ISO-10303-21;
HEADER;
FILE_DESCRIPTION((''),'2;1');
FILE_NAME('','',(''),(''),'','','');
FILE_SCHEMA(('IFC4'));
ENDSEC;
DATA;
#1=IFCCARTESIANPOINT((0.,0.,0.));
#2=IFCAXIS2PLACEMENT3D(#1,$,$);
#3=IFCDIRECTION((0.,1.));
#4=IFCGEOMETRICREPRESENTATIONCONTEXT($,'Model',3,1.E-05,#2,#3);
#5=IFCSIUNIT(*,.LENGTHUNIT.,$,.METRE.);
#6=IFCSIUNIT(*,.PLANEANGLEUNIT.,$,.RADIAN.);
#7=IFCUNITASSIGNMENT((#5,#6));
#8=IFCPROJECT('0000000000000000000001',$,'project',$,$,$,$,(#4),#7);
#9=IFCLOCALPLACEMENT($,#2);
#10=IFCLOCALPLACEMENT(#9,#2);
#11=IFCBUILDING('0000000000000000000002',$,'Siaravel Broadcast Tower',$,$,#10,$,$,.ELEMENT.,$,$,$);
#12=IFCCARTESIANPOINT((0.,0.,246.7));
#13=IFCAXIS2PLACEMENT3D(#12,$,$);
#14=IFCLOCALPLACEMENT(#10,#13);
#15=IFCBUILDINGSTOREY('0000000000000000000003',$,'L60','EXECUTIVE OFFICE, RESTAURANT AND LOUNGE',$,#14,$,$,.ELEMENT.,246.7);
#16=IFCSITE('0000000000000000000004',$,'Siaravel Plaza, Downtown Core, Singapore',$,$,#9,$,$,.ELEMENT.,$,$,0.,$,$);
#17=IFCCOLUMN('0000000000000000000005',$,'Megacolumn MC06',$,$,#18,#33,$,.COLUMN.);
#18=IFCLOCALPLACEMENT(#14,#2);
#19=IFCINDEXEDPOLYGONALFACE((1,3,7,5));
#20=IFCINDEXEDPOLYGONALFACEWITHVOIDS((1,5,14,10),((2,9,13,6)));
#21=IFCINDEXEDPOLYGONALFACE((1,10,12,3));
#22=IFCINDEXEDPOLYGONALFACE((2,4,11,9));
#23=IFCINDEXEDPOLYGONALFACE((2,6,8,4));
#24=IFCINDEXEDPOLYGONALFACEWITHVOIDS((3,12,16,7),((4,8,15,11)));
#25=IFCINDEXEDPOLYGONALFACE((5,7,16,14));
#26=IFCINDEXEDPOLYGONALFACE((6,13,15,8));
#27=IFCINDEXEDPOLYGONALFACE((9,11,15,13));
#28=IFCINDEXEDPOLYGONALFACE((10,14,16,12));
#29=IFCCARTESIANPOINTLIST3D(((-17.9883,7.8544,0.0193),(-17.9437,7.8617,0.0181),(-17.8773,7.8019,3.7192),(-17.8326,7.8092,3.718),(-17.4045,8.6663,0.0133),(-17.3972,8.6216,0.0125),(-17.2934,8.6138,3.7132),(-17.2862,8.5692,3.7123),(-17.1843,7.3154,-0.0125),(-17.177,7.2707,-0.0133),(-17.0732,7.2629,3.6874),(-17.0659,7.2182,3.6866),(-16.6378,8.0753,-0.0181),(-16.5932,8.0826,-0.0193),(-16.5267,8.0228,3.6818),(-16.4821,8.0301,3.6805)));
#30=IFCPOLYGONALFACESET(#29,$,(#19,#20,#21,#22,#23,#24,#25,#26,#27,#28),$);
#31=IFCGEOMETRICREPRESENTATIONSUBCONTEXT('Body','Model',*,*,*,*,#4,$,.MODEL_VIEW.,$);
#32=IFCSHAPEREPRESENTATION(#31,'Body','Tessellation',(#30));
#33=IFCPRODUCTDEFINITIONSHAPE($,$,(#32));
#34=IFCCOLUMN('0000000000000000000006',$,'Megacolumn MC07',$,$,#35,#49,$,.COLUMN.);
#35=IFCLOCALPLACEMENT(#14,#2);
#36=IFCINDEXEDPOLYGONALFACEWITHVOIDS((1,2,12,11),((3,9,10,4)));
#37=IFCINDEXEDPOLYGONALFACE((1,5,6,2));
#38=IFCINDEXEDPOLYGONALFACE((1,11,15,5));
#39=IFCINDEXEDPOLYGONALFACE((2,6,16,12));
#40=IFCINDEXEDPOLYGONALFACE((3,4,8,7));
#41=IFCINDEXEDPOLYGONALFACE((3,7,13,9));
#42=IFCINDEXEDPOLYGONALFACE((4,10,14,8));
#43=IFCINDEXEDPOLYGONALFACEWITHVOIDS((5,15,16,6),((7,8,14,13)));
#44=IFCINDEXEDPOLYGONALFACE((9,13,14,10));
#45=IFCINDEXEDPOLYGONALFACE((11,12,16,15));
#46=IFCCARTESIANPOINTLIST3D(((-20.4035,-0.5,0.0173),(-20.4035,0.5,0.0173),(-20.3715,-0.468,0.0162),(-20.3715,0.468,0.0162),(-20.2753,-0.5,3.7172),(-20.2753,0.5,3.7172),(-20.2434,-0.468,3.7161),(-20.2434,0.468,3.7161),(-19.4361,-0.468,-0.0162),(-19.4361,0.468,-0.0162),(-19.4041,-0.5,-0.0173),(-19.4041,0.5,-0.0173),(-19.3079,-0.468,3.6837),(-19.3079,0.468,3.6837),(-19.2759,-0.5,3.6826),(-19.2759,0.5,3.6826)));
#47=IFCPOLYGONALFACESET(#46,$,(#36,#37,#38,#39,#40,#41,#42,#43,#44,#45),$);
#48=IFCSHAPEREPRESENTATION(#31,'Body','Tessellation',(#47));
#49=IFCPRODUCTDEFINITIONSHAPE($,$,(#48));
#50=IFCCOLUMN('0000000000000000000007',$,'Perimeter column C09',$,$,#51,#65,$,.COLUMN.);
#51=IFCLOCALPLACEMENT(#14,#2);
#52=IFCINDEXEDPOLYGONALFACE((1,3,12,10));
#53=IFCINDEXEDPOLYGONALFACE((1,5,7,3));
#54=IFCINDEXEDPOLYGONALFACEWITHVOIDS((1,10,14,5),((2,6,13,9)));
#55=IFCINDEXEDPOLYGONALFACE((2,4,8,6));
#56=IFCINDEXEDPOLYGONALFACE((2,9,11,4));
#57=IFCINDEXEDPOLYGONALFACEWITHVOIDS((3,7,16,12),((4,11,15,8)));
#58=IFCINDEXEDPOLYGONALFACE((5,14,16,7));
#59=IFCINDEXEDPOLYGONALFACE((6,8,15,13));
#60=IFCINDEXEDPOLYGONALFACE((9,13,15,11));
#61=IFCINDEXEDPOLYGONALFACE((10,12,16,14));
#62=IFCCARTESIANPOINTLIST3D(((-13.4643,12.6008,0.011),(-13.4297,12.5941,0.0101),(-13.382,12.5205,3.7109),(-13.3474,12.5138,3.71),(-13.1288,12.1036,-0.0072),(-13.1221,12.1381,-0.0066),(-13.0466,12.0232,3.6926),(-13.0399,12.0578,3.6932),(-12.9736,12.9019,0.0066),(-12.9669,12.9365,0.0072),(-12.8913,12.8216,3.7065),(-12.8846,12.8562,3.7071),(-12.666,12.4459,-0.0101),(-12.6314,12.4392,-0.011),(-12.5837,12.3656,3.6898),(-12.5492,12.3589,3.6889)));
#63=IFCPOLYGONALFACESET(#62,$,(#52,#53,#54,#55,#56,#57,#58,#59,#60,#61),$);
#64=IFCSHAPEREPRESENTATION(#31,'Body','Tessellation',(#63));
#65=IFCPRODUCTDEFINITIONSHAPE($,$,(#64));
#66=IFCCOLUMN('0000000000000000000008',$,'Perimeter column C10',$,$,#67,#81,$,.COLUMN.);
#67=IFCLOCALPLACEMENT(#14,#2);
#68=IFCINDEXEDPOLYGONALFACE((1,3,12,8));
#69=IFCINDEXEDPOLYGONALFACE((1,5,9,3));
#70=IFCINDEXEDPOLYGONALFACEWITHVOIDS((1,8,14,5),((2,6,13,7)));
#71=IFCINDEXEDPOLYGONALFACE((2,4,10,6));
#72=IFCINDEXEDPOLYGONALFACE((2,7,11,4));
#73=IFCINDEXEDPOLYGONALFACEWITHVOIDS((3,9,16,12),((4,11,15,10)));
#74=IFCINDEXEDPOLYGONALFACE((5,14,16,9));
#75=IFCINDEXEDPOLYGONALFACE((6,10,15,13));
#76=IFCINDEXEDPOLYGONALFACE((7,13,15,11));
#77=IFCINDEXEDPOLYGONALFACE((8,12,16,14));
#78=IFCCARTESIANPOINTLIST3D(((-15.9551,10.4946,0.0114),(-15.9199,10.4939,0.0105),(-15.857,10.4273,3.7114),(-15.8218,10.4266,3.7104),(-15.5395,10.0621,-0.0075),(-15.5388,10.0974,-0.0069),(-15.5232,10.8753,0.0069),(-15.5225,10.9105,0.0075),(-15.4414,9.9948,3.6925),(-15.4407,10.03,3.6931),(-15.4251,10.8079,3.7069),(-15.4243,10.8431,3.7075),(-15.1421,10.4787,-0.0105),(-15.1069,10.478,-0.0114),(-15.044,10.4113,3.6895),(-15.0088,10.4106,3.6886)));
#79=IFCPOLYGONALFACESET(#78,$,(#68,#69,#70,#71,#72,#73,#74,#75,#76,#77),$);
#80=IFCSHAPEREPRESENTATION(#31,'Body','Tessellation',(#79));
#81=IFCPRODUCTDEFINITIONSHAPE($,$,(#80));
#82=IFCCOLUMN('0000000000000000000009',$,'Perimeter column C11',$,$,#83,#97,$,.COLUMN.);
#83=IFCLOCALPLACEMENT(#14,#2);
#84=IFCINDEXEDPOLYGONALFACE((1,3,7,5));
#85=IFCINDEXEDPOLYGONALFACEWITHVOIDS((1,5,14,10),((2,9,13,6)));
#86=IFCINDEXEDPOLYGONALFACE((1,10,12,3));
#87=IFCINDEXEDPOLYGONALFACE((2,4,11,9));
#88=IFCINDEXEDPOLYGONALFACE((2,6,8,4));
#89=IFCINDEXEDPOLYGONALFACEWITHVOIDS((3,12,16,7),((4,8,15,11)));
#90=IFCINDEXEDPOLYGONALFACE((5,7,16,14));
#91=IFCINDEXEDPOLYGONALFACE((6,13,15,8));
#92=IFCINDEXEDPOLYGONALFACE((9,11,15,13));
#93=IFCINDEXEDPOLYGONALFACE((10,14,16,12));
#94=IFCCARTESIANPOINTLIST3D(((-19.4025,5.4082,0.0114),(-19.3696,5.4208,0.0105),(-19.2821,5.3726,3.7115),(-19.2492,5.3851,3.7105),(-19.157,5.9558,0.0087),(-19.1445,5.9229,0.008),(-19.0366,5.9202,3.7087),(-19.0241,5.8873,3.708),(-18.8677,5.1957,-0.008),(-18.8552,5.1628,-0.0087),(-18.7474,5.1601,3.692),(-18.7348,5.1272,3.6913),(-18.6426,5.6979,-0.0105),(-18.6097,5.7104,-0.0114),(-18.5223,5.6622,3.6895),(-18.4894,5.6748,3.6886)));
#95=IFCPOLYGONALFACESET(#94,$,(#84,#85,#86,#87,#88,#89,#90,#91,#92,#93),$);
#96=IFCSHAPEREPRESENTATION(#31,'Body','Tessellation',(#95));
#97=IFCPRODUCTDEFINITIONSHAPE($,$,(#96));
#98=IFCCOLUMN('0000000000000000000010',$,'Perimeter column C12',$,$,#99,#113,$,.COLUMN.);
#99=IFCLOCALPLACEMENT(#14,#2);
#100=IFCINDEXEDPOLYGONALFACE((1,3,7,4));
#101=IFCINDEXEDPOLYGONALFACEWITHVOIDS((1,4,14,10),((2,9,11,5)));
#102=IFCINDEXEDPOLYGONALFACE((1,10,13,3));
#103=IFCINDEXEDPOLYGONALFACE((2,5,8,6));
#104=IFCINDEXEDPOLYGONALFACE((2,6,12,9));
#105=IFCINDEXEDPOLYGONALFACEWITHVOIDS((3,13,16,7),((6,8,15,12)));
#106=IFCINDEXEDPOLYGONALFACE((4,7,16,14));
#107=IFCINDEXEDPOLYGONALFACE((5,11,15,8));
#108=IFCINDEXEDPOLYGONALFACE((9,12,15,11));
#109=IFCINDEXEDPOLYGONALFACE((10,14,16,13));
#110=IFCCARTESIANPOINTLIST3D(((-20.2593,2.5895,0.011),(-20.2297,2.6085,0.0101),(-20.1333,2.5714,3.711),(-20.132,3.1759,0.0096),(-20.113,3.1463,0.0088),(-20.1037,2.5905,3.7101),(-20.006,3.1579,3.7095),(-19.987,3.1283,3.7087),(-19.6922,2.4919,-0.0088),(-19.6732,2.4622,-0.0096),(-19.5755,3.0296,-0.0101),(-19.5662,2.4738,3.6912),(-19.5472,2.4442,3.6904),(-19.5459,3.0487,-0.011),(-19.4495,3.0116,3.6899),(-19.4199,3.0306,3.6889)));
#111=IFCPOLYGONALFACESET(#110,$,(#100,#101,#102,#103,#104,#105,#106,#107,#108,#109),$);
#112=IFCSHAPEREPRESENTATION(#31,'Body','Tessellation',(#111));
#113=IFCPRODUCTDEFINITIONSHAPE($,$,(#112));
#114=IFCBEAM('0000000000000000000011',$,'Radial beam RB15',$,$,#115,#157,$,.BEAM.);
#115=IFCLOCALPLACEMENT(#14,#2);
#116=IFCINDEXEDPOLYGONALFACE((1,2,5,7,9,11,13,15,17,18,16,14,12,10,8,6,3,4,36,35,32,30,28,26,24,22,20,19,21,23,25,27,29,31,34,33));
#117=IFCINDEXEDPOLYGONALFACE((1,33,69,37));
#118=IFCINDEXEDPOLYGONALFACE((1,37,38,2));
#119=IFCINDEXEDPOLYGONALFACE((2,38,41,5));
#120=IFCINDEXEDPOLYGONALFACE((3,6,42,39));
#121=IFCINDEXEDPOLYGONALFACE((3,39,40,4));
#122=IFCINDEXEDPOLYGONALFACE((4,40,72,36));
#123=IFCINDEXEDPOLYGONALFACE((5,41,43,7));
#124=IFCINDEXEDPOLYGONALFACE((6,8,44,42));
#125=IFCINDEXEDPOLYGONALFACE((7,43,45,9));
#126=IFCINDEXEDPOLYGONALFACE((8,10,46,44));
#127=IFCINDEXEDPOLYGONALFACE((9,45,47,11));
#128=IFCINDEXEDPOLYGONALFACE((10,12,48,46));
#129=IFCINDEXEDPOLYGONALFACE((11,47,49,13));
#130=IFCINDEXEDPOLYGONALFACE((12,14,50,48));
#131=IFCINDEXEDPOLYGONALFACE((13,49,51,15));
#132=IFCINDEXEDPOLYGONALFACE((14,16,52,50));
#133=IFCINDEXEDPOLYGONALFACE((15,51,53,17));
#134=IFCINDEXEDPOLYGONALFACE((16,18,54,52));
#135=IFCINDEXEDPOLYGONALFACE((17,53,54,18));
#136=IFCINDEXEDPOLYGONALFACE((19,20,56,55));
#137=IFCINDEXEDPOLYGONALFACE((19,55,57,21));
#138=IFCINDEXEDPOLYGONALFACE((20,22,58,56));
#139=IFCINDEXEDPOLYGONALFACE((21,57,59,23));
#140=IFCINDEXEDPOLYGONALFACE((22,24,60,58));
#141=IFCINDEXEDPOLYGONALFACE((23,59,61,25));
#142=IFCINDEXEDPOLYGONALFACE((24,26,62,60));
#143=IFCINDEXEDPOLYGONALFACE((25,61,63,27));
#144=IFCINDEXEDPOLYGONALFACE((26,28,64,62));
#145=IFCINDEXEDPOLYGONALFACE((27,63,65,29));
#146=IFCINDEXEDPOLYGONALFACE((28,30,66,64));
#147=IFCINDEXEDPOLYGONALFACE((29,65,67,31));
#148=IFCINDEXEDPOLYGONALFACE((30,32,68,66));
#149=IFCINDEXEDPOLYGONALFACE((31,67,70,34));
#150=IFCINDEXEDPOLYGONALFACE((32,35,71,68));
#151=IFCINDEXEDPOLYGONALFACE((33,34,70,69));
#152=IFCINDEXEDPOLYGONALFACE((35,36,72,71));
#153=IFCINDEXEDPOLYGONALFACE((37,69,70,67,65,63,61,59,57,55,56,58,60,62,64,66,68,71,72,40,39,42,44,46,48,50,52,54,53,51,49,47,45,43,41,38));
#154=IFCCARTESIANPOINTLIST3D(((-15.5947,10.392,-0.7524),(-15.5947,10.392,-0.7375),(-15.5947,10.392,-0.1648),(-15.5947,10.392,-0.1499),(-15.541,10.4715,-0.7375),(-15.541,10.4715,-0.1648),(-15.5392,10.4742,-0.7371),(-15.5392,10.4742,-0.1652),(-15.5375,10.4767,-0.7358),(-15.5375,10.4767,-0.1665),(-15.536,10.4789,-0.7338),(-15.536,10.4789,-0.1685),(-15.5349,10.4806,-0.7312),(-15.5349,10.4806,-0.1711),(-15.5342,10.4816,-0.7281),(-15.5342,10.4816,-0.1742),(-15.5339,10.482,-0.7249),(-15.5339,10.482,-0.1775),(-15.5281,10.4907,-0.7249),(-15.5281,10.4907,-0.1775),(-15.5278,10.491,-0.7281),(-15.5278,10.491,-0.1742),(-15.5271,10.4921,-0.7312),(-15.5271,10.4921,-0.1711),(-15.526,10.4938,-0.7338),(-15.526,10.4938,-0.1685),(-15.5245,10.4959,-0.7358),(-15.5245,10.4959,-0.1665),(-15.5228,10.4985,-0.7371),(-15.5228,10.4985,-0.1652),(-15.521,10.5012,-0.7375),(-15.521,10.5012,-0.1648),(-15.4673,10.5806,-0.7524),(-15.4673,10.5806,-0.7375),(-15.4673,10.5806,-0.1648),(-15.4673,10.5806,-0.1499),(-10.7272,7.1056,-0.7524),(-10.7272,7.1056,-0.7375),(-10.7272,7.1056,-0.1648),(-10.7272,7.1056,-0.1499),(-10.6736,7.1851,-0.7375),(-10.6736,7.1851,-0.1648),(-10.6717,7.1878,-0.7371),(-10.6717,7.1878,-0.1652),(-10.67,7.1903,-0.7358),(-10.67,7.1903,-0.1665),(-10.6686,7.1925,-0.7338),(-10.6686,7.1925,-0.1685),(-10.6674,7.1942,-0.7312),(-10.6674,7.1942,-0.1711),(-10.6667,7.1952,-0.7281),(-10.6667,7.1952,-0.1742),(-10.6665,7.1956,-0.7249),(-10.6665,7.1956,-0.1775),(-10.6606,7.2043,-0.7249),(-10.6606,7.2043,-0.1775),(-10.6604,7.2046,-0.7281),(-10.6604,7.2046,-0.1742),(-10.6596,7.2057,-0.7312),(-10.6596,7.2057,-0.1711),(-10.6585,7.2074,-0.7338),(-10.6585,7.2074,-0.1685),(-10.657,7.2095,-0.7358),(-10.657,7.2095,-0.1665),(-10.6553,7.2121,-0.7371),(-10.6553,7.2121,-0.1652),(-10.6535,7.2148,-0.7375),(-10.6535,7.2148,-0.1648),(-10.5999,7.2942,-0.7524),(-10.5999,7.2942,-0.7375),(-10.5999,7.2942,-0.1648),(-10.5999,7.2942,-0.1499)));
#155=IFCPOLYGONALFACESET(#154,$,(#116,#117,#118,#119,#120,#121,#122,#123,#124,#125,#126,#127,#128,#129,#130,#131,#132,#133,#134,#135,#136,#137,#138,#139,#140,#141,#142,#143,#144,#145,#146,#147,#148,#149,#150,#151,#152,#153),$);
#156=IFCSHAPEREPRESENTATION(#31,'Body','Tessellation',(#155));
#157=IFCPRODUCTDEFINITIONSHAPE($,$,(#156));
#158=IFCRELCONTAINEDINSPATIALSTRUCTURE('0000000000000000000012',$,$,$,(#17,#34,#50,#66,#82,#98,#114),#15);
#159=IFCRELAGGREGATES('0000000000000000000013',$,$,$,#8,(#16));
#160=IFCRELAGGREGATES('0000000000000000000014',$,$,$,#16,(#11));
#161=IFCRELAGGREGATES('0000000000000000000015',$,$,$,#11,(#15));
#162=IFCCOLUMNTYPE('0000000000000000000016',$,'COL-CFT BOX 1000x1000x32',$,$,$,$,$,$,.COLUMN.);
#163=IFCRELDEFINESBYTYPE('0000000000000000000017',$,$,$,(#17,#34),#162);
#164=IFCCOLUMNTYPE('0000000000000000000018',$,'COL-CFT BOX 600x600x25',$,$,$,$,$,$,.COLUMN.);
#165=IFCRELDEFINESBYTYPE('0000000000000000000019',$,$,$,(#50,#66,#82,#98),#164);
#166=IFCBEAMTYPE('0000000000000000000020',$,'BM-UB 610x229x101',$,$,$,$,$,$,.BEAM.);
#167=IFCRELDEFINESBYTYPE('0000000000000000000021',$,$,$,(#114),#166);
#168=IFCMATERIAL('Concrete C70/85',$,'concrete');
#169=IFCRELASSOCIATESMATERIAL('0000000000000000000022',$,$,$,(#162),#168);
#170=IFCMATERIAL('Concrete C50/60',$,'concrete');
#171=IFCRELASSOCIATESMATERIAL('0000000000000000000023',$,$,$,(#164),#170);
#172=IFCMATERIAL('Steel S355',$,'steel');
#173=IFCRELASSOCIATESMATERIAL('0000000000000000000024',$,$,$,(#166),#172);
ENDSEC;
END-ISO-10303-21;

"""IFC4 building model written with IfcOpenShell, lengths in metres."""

from ifc_helpers import new_model, si_unit, direction, frame, origin, origin_2d, place, context, subcontext, project, spatial, hollow_rectangle, i_section, extrude, material, material_profile, profile_set, type_object, element, save


model = new_model("IFC4")

# Units and contexts
model_context = context("Model", 3, precision=1e-05, world=origin(), true_north=direction((0.0, 1.0)))
body_context = subcontext(model_context, "Body", "Model", "MODEL_VIEW")
ifc_project = project(units=[si_unit("LENGTHUNIT", "METRE"), si_unit("PLANEANGLEUNIT", "RADIAN")], contexts=[model_context])

# Site, building, storey
site_placement = place(None, origin())
site = spatial("IfcSite", under=ifc_project, at=site_placement, Name="Siaravel Plaza, Downtown Core, Singapore", CompositionType="ELEMENT", RefElevation=0.0)
building_placement = place(site_placement, origin())
building = spatial("IfcBuilding", under=site, at=building_placement, Name="Siaravel Broadcast Tower", CompositionType="ELEMENT")
storey_placement = place(building_placement, frame((0.0, 0.0, 246.7)))
storey = spatial("IfcBuildingStorey", under=building, at=storey_placement, Name="L60", Description="EXECUTIVE OFFICE, RESTAURANT AND LOUNGE", CompositionType="ELEMENT", Elevation=246.7)

# Columns
ifc_material_1 = material(Name="Concrete C70/85", Category="concrete")
ifc_material_profile_1 = material_profile(ifc_material_1, hollow_rectangle(XDim=1.0, YDim=1.0, WallThickness=0.032, at=origin_2d()))
ifc_profile_set_1 = profile_set([ifc_material_profile_1], Name="Concrete C70/85")
column_type_1 = type_object("IfcColumnType", Name="COL-CFT BOX 1000x1000x32", PredefinedType="COLUMN", material=ifc_profile_set_1)
column_1_placement = place(storey_placement, frame((-17.2908, 7.9685, 0.0), z_axis=(0.030007, -0.014179, 0.999449), x_axis=(0.583834, 0.811851, -0.006011)))
element("IfcColumn", 1, at=column_1_placement, inside=storey, type_object=column_type_1, Name="Megacolumn MC06", PredefinedType="COLUMN", context=body_context, shape_type="SweptSolid", body=[
    extrude(hollow_rectangle(XDim=1.0, YDim=1.0, WallThickness=0.032, at=origin_2d()), origin(), (0.0, 0.0, 1.0), 3.7019),
])
column_2_placement = place(storey_placement, frame((-19.9038, 0.0, 0.0), z_axis=(0.034621, 0.0, 0.999401), x_axis=(0.0, 1.0, 0.0)))
element("IfcColumn", 2, at=column_2_placement, inside=storey, type_object=column_type_1, Name="Megacolumn MC07", PredefinedType="COLUMN", context=body_context, shape_type="SweptSolid", body=[
    extrude(hollow_rectangle(XDim=1.0, YDim=1.0, WallThickness=0.032, at=origin_2d()), origin(), (0.0, 0.0, 1.0), 3.7021),
])
ifc_material_2 = material(Name="Concrete C50/60", Category="concrete")
ifc_material_profile_2 = material_profile(ifc_material_2, hollow_rectangle(XDim=0.6001, YDim=0.6001, WallThickness=0.0249, at=origin_2d()))
ifc_profile_set_2 = profile_set([ifc_material_profile_2], Name="Concrete C50/60")
column_type_2 = type_object("IfcColumnType", Name="COL-CFT BOX 600x600x25", PredefinedType="COLUMN", material=ifc_profile_set_2)
column_3_placement = place(storey_placement, frame((-13.0479, 12.52, 0.0), z_axis=(0.022226, -0.021699, 0.999517), x_axis=(0.828897, 0.559365, -0.006289)))
element("IfcColumn", 3, at=column_3_placement, inside=storey, type_object=column_type_2, Name="Perimeter column C09", PredefinedType="COLUMN", context=body_context, shape_type="SweptSolid", body=[
    extrude(hollow_rectangle(XDim=0.6001, YDim=0.6001, WallThickness=0.0249, at=origin_2d()), origin(), (0.0, 0.0, 1.0), 3.7017),
])
column_4_placement = place(storey_placement, frame((-15.531, 10.4863, 0.0), z_axis=(0.026512, -0.018202, 0.999483), x_axis=(0.720903, 0.693005, -0.006502)))
element("IfcColumn", 4, at=column_4_placement, inside=storey, type_object=column_type_2, Name="Perimeter column C10", PredefinedType="COLUMN", context=body_context, shape_type="SweptSolid", body=[
    extrude(hollow_rectangle(XDim=0.6001, YDim=0.6001, WallThickness=0.0249, at=origin_2d()), origin(), (0.0, 0.0, 1.0), 3.7019),
])
for number, where, z_axis, x_axis, name in (
    (5, (-19.0061, 5.5593, 0.0), (0.032512, -0.009628, 0.999425), (0.409045, 0.912503, -0.004516), "Perimeter column C11"),
    (6, (-19.9026, 2.8191, 0.0), (0.034028, -0.00488, 0.999409), (0.212088, 0.977247, -0.002449), "Perimeter column C12"),
):
    element("IfcColumn", number, at=place(storey_placement, frame(where, z_axis=z_axis, x_axis=x_axis)), inside=storey, type_object=column_type_2, Name=name, PredefinedType="COLUMN", context=body_context, shape_type="SweptSolid", body=[
        extrude(hollow_rectangle(XDim=0.6001, YDim=0.6001, WallThickness=0.0249, at=origin_2d()), origin(), (0.0, 0.0, 1.0), 3.7021),
    ])

# Beam
ifc_material_3 = material(Name="Steel S355", Category="steel")
ifc_material_profile_3 = material_profile(ifc_material_3, i_section(OverallWidth=0.2275, OverallDepth=0.6025, WebThickness=0.0105, FlangeThickness=0.0149, FilletRadius=0.0127, at=origin_2d()))
ifc_profile_set_3 = profile_set([ifc_material_profile_3], Name="Steel S355")
beam_type = type_object("IfcBeamType", Name="BM-UB 610x229x101", PredefinedType="BEAM", material=ifc_profile_set_3)
beam_1_placement = place(storey_placement, frame((-15.531, 10.4863, -0.4512), z_axis=(0.828781, -0.559574, 0.0), x_axis=(0.559574, 0.828781, 0.0)))
element("IfcBeam", 7, at=beam_1_placement, inside=storey, type_object=beam_type, Name="Radial beam RB15", PredefinedType="BEAM", context=body_context, shape_type="SweptSolid", body=[
    extrude(i_section(OverallWidth=0.2275, OverallDepth=0.6025, WebThickness=0.0105, FlangeThickness=0.0149, FilletRadius=0.0127, at=origin_2d()), origin(), (0.0, 0.0, 1.0), 5.873),
])

save(model, "model.ifc")
